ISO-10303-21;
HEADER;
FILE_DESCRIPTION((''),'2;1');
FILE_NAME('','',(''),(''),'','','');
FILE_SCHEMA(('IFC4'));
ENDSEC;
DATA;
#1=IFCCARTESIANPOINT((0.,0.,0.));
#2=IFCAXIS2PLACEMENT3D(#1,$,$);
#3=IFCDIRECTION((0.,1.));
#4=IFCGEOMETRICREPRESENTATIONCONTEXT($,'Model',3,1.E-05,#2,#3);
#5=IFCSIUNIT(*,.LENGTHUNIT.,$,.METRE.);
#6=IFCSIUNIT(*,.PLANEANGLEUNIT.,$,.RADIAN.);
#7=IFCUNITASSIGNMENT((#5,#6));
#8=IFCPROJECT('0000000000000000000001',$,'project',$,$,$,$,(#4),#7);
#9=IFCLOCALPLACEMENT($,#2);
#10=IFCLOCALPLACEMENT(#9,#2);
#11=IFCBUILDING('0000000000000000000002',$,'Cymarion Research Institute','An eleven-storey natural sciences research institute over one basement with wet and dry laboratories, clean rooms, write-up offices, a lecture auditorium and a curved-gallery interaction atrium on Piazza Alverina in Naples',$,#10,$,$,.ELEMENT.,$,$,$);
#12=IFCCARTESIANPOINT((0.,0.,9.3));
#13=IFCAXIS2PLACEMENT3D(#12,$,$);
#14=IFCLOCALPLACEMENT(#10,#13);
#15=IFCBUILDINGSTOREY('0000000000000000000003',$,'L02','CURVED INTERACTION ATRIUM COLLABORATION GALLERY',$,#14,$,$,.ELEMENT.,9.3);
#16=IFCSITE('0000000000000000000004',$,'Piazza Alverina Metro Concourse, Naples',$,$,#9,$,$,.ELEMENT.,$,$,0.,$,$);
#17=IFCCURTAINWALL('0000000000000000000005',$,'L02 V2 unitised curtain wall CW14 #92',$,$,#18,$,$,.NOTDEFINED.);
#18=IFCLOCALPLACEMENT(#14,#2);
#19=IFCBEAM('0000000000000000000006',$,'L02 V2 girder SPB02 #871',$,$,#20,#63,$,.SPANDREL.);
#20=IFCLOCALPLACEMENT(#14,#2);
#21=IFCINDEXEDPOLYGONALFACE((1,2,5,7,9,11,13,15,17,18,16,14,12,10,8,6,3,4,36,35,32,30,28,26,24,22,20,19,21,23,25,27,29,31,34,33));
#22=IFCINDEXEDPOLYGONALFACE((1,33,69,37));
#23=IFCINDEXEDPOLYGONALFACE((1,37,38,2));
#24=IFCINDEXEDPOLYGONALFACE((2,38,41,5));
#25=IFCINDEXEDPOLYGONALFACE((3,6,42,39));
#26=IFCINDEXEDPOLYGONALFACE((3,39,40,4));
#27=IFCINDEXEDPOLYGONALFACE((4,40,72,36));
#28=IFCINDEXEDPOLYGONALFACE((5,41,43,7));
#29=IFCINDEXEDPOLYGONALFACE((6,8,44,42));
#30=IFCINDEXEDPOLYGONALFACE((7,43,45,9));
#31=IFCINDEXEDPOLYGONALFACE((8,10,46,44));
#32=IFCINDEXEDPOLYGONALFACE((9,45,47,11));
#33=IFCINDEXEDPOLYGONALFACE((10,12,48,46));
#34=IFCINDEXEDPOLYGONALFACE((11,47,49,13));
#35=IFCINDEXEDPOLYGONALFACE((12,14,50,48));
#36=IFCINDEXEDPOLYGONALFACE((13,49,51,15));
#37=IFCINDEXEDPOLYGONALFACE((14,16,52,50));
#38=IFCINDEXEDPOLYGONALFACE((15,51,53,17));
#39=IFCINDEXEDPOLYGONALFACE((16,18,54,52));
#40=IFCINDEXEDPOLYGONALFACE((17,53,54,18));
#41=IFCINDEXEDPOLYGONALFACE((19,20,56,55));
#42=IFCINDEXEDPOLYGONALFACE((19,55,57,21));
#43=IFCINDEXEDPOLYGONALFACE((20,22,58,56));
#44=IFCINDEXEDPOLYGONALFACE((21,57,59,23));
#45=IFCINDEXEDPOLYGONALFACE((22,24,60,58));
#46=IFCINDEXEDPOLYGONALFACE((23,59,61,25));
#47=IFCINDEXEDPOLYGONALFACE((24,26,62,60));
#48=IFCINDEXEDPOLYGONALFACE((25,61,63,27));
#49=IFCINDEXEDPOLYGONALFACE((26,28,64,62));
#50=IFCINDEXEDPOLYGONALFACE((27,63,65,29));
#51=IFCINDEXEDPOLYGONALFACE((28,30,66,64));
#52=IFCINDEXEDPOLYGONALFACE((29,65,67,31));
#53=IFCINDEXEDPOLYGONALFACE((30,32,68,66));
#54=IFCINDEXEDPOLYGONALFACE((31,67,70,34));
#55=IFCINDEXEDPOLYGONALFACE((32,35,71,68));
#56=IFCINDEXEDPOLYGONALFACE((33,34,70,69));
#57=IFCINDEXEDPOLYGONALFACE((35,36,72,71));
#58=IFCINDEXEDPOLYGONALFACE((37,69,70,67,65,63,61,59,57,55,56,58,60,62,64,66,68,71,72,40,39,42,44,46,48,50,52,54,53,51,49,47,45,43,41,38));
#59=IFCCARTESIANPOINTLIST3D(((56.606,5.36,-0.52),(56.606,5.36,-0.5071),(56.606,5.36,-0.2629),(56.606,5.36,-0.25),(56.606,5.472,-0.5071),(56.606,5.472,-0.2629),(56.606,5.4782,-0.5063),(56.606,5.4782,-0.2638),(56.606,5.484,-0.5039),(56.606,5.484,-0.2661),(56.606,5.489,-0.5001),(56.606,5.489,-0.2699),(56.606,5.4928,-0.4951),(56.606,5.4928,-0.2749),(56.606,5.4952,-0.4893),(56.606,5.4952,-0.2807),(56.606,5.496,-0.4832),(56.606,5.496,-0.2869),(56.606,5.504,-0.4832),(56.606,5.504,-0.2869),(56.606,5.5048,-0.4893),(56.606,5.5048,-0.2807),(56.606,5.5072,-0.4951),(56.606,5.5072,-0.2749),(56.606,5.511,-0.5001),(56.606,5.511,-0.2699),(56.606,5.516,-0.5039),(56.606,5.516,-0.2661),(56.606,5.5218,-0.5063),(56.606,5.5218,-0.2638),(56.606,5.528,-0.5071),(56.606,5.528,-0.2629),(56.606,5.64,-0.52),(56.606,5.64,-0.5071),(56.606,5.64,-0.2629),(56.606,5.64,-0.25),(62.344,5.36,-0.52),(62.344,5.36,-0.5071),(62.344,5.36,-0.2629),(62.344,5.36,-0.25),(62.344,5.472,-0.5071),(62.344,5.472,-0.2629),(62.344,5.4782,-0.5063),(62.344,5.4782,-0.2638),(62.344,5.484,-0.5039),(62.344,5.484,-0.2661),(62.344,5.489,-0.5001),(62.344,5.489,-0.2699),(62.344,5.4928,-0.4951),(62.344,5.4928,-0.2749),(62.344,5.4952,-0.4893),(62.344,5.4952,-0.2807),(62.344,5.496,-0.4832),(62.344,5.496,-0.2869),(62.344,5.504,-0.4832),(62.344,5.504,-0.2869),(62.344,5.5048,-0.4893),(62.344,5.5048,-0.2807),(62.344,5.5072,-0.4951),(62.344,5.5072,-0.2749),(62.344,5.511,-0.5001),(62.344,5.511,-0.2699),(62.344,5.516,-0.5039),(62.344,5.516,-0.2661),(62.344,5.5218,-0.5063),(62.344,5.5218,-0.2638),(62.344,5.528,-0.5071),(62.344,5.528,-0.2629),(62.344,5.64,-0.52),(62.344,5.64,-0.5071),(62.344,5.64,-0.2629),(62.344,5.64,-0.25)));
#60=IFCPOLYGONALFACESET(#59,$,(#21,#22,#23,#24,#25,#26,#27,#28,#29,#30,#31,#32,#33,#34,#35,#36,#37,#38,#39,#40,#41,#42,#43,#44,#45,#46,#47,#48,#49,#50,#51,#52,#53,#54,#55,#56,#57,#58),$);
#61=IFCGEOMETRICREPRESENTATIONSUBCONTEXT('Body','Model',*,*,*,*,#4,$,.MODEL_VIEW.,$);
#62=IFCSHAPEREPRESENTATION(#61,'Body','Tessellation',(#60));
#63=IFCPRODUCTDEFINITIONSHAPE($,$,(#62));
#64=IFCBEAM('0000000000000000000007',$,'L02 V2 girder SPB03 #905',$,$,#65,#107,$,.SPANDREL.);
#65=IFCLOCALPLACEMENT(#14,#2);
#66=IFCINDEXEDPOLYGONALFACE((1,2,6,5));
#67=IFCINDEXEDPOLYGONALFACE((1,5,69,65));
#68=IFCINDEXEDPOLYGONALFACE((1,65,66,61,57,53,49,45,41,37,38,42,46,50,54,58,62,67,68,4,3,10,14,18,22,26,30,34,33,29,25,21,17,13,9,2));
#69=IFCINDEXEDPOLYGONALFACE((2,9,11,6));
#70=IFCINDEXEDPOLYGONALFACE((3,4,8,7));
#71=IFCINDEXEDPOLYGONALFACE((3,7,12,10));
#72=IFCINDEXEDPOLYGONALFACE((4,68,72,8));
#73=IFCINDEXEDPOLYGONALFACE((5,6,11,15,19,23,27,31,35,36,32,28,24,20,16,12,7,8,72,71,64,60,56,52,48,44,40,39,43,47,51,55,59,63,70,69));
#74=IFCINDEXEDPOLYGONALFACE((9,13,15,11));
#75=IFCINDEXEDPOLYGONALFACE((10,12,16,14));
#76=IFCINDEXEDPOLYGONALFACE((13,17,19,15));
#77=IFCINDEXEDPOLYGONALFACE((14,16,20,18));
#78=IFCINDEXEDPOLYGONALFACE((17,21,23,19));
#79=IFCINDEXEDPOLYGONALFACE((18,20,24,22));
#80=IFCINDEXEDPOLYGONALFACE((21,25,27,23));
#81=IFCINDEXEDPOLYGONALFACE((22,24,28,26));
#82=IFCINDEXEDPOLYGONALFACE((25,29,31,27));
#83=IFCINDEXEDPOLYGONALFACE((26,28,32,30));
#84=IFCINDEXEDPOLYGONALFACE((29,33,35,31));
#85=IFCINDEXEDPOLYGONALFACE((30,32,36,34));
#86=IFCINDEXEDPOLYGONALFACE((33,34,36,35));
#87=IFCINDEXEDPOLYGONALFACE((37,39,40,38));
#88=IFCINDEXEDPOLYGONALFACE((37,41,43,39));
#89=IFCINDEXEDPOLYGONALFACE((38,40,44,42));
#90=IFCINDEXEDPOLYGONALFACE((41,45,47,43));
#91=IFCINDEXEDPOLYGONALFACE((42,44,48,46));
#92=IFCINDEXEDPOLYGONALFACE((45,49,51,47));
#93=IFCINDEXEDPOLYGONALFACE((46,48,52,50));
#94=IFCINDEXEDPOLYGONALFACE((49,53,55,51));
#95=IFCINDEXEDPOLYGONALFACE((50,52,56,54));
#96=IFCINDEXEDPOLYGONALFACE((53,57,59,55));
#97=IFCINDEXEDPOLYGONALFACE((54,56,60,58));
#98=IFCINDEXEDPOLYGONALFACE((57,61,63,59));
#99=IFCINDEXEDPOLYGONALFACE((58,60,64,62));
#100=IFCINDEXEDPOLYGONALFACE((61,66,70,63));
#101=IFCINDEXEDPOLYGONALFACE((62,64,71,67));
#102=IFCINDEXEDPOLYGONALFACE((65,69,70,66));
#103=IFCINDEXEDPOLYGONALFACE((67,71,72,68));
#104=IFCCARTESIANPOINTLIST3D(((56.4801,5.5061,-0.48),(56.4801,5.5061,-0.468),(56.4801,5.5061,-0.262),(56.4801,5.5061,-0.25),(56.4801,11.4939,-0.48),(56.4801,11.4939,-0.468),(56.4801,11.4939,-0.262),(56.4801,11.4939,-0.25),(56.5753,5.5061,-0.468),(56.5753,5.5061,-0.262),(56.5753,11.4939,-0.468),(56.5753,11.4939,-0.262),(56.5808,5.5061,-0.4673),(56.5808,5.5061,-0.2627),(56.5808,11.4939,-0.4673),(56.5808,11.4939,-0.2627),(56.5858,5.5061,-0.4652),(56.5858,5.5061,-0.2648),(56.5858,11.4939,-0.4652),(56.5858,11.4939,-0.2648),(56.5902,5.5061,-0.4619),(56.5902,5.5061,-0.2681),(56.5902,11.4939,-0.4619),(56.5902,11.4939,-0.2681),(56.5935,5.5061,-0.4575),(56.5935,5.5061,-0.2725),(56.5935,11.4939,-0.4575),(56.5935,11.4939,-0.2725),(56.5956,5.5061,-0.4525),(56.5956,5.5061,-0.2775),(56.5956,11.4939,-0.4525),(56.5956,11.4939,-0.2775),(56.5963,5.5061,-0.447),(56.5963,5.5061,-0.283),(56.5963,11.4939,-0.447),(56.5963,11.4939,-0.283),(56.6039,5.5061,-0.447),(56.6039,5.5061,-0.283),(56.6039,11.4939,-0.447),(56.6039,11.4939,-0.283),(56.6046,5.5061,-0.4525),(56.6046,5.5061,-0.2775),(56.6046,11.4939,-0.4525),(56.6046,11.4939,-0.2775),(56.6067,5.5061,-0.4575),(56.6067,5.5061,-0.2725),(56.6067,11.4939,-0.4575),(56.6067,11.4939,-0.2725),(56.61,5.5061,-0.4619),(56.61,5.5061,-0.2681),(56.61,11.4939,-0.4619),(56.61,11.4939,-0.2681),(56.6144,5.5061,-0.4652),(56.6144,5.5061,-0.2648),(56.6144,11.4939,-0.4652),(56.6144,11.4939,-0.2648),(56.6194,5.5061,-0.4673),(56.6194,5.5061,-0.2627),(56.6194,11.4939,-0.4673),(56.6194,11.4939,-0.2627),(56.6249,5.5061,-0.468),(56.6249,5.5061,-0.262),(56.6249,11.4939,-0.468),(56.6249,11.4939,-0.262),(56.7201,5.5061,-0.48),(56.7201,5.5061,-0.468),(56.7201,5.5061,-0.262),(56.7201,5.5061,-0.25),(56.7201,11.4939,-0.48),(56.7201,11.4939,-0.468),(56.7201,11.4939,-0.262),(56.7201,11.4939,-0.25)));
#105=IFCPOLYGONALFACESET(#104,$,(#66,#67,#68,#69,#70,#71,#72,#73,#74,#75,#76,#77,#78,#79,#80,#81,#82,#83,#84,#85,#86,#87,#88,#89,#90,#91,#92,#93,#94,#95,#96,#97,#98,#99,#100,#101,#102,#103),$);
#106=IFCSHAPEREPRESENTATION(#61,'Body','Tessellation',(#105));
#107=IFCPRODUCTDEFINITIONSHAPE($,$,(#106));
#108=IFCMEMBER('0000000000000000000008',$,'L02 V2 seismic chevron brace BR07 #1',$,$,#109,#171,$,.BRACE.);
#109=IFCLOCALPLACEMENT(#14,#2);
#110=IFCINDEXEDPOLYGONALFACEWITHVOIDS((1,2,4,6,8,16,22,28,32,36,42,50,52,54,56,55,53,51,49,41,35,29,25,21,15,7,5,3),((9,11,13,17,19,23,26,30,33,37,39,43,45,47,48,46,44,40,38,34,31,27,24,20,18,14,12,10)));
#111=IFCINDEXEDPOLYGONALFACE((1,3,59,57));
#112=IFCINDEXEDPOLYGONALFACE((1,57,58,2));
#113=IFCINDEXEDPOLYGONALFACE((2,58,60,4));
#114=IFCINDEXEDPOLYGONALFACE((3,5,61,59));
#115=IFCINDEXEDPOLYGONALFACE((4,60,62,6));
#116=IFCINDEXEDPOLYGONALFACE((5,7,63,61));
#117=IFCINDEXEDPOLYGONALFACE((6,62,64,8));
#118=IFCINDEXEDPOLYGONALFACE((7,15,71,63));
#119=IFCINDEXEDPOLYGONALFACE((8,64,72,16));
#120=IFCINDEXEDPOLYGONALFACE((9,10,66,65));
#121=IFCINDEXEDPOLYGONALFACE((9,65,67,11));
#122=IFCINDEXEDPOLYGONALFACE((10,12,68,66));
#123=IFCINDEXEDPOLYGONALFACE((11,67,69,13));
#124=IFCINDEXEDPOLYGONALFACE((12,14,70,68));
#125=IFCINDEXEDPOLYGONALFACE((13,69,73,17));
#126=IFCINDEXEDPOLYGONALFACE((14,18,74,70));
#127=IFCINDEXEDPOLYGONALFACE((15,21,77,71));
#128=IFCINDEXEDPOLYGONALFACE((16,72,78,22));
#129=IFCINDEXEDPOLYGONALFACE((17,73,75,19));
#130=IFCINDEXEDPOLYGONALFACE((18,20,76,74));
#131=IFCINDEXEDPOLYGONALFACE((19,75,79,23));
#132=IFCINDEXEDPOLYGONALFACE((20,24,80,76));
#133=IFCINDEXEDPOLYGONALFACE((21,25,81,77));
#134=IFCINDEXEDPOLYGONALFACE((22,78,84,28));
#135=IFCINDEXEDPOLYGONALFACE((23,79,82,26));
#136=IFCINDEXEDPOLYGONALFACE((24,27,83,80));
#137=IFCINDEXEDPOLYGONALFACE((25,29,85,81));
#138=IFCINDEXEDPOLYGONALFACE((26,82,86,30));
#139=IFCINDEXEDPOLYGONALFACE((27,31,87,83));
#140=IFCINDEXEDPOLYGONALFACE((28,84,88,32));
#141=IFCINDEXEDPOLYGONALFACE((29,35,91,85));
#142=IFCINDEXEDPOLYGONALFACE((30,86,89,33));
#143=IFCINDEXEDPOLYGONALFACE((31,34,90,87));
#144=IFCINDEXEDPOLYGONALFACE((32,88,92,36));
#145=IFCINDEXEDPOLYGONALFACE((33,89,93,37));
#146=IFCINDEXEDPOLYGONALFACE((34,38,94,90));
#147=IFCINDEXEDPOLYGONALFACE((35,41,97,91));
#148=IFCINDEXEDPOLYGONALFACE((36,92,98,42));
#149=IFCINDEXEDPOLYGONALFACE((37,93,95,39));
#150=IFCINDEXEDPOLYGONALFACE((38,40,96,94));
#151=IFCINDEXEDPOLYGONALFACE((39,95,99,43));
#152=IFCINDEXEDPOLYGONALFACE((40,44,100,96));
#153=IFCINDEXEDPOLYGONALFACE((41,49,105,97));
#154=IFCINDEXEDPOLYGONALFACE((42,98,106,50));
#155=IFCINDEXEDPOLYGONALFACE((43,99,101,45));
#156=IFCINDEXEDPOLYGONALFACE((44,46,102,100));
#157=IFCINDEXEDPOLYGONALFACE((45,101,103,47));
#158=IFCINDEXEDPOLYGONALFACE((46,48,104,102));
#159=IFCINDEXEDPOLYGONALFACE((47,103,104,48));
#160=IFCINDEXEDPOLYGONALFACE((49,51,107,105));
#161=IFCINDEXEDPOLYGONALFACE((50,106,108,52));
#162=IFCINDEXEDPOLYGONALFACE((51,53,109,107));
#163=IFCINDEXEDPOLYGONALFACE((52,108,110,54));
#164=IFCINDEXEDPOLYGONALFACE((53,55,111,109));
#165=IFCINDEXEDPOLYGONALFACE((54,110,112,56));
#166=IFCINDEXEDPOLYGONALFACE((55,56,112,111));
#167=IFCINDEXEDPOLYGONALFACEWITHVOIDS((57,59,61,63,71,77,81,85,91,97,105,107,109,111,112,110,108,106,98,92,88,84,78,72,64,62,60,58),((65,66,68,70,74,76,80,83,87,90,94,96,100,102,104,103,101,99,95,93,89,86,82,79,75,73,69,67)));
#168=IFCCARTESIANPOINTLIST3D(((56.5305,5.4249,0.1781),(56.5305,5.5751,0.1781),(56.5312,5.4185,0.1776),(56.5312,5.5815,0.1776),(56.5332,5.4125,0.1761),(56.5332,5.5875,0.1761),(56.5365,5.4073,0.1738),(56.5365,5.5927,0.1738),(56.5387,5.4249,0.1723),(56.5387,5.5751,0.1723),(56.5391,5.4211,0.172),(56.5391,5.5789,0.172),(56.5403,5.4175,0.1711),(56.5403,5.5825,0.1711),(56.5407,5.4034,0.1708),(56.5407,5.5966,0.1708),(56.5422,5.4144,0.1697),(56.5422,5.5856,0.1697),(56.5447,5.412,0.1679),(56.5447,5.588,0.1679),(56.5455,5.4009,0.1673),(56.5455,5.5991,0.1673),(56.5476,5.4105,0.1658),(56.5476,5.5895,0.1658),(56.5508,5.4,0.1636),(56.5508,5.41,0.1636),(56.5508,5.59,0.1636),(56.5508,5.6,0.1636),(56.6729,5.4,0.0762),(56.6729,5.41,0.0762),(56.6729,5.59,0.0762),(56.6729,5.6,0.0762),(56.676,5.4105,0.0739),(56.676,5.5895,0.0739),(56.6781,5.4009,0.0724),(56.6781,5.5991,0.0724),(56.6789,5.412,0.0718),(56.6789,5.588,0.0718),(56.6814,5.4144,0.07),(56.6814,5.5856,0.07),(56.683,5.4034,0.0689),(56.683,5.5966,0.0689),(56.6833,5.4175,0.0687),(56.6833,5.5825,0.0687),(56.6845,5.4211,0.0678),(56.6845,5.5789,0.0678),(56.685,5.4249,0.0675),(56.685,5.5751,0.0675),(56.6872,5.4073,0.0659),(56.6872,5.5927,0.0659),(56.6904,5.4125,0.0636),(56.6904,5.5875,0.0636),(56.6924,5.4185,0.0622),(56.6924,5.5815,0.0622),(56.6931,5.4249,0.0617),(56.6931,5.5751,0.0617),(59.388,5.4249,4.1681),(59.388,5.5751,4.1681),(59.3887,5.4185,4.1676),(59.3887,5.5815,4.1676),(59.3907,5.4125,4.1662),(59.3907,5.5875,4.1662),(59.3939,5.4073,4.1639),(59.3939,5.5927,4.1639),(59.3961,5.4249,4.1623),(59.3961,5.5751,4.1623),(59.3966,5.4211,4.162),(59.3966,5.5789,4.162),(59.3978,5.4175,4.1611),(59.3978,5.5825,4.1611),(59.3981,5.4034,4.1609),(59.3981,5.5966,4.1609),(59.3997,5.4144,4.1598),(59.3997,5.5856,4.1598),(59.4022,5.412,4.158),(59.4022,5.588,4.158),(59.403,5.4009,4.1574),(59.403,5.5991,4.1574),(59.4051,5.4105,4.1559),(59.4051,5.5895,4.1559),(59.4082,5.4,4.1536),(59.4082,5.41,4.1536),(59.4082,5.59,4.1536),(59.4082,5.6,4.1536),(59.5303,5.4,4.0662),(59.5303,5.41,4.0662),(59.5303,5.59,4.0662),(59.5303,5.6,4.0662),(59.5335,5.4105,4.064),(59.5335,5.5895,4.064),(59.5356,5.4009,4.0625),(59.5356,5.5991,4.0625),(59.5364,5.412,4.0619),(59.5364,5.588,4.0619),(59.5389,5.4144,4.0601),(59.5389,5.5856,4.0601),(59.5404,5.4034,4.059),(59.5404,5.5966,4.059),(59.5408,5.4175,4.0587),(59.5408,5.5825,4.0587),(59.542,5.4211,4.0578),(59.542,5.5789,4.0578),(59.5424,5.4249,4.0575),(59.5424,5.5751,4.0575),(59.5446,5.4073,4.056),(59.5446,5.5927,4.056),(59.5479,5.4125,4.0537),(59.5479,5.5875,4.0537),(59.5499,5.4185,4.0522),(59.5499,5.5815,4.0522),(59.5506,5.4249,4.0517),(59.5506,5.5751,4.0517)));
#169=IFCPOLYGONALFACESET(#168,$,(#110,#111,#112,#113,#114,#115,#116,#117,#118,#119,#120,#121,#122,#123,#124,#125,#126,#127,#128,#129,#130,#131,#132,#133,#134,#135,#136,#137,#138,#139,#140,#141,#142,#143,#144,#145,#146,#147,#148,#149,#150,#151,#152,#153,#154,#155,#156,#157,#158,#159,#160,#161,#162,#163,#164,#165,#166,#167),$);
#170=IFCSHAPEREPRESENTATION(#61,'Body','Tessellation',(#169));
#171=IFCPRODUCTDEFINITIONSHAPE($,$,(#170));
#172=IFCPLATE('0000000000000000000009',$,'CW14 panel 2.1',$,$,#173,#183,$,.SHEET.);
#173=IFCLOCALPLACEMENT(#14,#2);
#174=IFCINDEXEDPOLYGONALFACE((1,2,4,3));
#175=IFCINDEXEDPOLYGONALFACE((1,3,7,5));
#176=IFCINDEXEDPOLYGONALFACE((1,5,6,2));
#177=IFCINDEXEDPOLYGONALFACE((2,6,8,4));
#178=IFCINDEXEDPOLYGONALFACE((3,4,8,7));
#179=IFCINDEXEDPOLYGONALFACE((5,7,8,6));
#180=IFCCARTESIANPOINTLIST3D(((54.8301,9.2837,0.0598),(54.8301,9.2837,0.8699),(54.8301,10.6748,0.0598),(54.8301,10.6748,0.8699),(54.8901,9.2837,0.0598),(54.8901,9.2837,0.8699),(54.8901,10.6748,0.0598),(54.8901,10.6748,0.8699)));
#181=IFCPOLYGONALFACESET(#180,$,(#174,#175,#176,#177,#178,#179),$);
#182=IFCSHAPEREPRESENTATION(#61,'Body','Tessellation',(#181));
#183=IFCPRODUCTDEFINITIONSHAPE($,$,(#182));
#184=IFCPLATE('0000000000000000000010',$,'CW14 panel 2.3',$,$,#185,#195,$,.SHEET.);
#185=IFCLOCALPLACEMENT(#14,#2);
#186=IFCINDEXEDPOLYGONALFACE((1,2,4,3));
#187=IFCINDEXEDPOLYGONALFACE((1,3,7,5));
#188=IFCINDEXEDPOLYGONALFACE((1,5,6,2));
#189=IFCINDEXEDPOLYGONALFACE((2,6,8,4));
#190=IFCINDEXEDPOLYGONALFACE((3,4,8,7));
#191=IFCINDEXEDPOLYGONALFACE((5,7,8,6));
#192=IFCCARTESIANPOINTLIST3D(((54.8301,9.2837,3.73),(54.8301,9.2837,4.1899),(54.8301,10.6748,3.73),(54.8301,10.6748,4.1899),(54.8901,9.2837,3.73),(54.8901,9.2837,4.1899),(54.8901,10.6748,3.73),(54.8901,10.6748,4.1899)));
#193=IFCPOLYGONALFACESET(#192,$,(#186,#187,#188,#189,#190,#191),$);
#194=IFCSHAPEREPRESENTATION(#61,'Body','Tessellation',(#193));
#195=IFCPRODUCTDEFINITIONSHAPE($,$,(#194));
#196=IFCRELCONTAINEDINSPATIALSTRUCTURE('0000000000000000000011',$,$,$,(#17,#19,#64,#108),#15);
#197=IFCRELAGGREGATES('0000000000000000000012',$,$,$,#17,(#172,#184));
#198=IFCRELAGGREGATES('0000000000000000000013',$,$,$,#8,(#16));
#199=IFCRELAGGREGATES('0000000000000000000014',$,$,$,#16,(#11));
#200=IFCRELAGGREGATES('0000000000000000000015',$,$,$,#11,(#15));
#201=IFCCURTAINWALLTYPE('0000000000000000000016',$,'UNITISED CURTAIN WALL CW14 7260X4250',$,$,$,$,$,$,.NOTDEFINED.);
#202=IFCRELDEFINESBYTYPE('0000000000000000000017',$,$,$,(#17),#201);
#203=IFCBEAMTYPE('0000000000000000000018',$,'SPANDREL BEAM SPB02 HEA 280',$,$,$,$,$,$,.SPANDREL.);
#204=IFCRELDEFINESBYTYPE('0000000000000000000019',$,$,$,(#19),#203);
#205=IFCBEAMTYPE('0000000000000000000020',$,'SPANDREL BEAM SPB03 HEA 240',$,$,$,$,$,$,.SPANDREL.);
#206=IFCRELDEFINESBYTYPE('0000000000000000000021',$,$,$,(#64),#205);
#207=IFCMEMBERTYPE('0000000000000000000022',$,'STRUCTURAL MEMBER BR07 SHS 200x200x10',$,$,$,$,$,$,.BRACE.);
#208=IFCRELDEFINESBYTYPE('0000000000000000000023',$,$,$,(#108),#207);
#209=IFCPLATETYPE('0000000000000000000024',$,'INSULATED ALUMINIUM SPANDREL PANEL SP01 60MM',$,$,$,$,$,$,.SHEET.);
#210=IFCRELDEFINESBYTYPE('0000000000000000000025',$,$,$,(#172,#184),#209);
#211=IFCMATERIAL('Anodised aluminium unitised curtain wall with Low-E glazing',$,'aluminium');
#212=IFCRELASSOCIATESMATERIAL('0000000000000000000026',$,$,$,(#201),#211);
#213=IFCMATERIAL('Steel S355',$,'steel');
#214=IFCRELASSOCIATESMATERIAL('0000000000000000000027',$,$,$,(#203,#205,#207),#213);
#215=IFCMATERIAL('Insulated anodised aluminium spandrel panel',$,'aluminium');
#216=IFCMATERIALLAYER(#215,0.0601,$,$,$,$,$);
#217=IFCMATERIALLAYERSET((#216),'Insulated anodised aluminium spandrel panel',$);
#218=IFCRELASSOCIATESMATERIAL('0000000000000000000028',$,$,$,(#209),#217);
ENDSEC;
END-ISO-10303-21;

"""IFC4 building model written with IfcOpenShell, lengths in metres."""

from ifc_helpers import new_model, si_unit, direction, frame, origin, origin_2d, place, context, subcontext, project, spatial, rectangle, hollow_rectangle, i_section, extrude, material, layer, layer_set, material_profile, profile_set, type_object, element, aggregate, save


model = new_model("IFC4")

# Units and contexts
model_context = context("Model", 3, precision=1e-05, world=origin(), true_north=direction((0.0, 1.0)))
body_context = subcontext(model_context, "Body", "Model", "MODEL_VIEW")
ifc_project = project(units=[si_unit("LENGTHUNIT", "METRE"), si_unit("PLANEANGLEUNIT", "RADIAN")], contexts=[model_context])

# Site, building, storey
site_placement = place(None, origin())
site = spatial("IfcSite", under=ifc_project, at=site_placement, Name="Piazza Alverina Metro Concourse, Naples", CompositionType="ELEMENT", RefElevation=0.0)
building_placement = place(site_placement, origin())
building = spatial("IfcBuilding", under=site, at=building_placement, Name="Cymarion Research Institute", Description="An eleven-storey natural sciences research institute over one basement with wet and dry laboratories, clean rooms, write-up offices, a lecture auditorium and a curved-gallery interaction atrium on Piazza Alverina in Naples", CompositionType="ELEMENT")
storey_placement = place(building_placement, frame((0.0, 0.0, 9.3)))
storey = spatial("IfcBuildingStorey", under=building, at=storey_placement, Name="L02", Description="CURVED INTERACTION ATRIUM COLLABORATION GALLERY", CompositionType="ELEMENT", Elevation=9.3)

# Shared definitions
ifc_material_1 = material(Name="Steel S355", Category="steel")

# Curtain wall
ifc_material_2 = material(Name="Anodised aluminium unitised curtain wall with Low-E glazing", Category="aluminium")
curtain_wall_type = type_object("IfcCurtainWallType", Name="UNITISED CURTAIN WALL CW14 7260X4250", PredefinedType="NOTDEFINED", material=ifc_material_2)
curtain_wall_placement = place(storey_placement, origin())
curtain_wall = element("IfcCurtainWall", 1, at=curtain_wall_placement, inside=storey, type_object=curtain_wall_type, Name="L02 V2 unitised curtain wall CW14 #92", PredefinedType="NOTDEFINED")

# Beams
ifc_material_profile_1 = material_profile(ifc_material_1, i_section(OverallWidth=0.28, OverallDepth=0.27, WebThickness=0.0081, FlangeThickness=0.0129, FilletRadius=0.0239, at=origin_2d()), Name="HEA 280")
ifc_profile_set_1 = profile_set([ifc_material_profile_1], Name="Steel S355")
beam_type_1 = type_object("IfcBeamType", Name="SPANDREL BEAM SPB02 HEA 280", PredefinedType="SPANDREL", material=ifc_profile_set_1)
beam_1_placement = place(storey_placement, frame((56.606, 5.5, -0.385), z_axis=(1.0, 0.0, 0.0), x_axis=(0.0, 1.0, 0.0)))
element("IfcBeam", 2, at=beam_1_placement, inside=storey, type_object=beam_type_1, Name="L02 V2 girder SPB02 #871", PredefinedType="SPANDREL", context=body_context, shape_type="SweptSolid", body=[
    extrude(i_section(OverallWidth=0.28, OverallDepth=0.27, WebThickness=0.0081, FlangeThickness=0.0129, FilletRadius=0.0239, at=origin_2d()), origin(), (0.0, 0.0, 1.0), 5.738),
])
ifc_material_profile_2 = material_profile(ifc_material_1, i_section(OverallWidth=0.24, OverallDepth=0.23, WebThickness=0.0076, FlangeThickness=0.012, FilletRadius=0.021, at=origin_2d()), Name="HEA 240")
ifc_profile_set_2 = profile_set([ifc_material_profile_2], Name="Steel S355")
beam_type_2 = type_object("IfcBeamType", Name="SPANDREL BEAM SPB03 HEA 240", PredefinedType="SPANDREL", material=ifc_profile_set_2)
beam_2_placement = place(storey_placement, frame((56.6001, 5.5061, -0.365), z_axis=(0.0, 1.0, 0.0), x_axis=(-1.0, 0.0, 0.0)))
element("IfcBeam", 3, at=beam_2_placement, inside=storey, type_object=beam_type_2, Name="L02 V2 girder SPB03 #905", PredefinedType="SPANDREL", context=body_context, shape_type="SweptSolid", body=[
    extrude(i_section(OverallWidth=0.24, OverallDepth=0.23, WebThickness=0.0076, FlangeThickness=0.012, FilletRadius=0.021, at=origin_2d()), origin(), (0.0, 0.0, 1.0), 5.9878),
])

# Member
ifc_material_profile_3 = material_profile(ifc_material_1, hollow_rectangle(XDim=0.2, YDim=0.2, WallThickness=0.01, InnerFilletRadius=0.0149, OuterFilletRadius=0.0249, at=origin_2d()), Name="SHS 200x200x10")
ifc_profile_set_3 = profile_set([ifc_material_profile_3], Name="Steel S355")
member_type_1 = type_object("IfcMemberType", Name="STRUCTURAL MEMBER BR07 SHS 200x200x10", PredefinedType="BRACE", material=ifc_profile_set_3)
member_1_placement = place(storey_placement, frame((56.6118, 5.5, 0.1199), z_axis=(0.58224, 0.0, 0.813017), x_axis=(0.0, 1.0, 0.0)))
element("IfcMember", 4, at=member_1_placement, inside=storey, type_object=member_type_1, Name="L02 V2 seismic chevron brace BR07 #1", PredefinedType="BRACE", context=body_context, shape_type="SweptSolid", body=[
    extrude(hollow_rectangle(XDim=0.2, YDim=0.2, WallThickness=0.01, InnerFilletRadius=0.0149, OuterFilletRadius=0.0249, at=origin_2d()), origin(), (0.0, 0.0, 1.0), 4.9077),
])

# Plates
ifc_material_3 = material(Name="Insulated anodised aluminium spandrel panel", Category="aluminium")
ifc_layer_1 = layer(ifc_material_3, 0.0601)
ifc_layer_set_1 = layer_set([ifc_layer_1], Name="Insulated anodised aluminium spandrel panel")
plate_type_1 = type_object("IfcPlateType", Name="INSULATED ALUMINIUM SPANDREL PANEL SP01 60MM", PredefinedType="SHEET", material=ifc_layer_set_1)
plate_1_placement = place(storey_placement, frame((54.8601, 9.9792, 0.0598), z_axis=(0.0, 0.0, 1.0), x_axis=(0.0, -1.0, 0.0)))
plate_1 = element("IfcPlate", 5, at=plate_1_placement, type_object=plate_type_1, Name="CW14 panel 2.1", PredefinedType="SHEET", context=body_context, shape_type="SweptSolid", body=[
    extrude(rectangle(XDim=1.3911, YDim=0.0601, at=origin_2d()), origin(), (0.0, 0.0, 1.0), 0.8101),
])
plate_2_placement = place(storey_placement, frame((54.8601, 9.9792, 3.73), z_axis=(0.0, 0.0, 1.0), x_axis=(0.0, -1.0, 0.0)))
plate_2 = element("IfcPlate", 6, at=plate_2_placement, type_object=plate_type_1, Name="CW14 panel 2.3", PredefinedType="SHEET", context=body_context, shape_type="SweptSolid", body=[
    extrude(rectangle(XDim=1.3911, YDim=0.0601, at=origin_2d()), origin(), (0.0, 0.0, 1.0), 0.46),
])
aggregate(curtain_wall, [plate_1, plate_2])

save(model, "model.ifc")
